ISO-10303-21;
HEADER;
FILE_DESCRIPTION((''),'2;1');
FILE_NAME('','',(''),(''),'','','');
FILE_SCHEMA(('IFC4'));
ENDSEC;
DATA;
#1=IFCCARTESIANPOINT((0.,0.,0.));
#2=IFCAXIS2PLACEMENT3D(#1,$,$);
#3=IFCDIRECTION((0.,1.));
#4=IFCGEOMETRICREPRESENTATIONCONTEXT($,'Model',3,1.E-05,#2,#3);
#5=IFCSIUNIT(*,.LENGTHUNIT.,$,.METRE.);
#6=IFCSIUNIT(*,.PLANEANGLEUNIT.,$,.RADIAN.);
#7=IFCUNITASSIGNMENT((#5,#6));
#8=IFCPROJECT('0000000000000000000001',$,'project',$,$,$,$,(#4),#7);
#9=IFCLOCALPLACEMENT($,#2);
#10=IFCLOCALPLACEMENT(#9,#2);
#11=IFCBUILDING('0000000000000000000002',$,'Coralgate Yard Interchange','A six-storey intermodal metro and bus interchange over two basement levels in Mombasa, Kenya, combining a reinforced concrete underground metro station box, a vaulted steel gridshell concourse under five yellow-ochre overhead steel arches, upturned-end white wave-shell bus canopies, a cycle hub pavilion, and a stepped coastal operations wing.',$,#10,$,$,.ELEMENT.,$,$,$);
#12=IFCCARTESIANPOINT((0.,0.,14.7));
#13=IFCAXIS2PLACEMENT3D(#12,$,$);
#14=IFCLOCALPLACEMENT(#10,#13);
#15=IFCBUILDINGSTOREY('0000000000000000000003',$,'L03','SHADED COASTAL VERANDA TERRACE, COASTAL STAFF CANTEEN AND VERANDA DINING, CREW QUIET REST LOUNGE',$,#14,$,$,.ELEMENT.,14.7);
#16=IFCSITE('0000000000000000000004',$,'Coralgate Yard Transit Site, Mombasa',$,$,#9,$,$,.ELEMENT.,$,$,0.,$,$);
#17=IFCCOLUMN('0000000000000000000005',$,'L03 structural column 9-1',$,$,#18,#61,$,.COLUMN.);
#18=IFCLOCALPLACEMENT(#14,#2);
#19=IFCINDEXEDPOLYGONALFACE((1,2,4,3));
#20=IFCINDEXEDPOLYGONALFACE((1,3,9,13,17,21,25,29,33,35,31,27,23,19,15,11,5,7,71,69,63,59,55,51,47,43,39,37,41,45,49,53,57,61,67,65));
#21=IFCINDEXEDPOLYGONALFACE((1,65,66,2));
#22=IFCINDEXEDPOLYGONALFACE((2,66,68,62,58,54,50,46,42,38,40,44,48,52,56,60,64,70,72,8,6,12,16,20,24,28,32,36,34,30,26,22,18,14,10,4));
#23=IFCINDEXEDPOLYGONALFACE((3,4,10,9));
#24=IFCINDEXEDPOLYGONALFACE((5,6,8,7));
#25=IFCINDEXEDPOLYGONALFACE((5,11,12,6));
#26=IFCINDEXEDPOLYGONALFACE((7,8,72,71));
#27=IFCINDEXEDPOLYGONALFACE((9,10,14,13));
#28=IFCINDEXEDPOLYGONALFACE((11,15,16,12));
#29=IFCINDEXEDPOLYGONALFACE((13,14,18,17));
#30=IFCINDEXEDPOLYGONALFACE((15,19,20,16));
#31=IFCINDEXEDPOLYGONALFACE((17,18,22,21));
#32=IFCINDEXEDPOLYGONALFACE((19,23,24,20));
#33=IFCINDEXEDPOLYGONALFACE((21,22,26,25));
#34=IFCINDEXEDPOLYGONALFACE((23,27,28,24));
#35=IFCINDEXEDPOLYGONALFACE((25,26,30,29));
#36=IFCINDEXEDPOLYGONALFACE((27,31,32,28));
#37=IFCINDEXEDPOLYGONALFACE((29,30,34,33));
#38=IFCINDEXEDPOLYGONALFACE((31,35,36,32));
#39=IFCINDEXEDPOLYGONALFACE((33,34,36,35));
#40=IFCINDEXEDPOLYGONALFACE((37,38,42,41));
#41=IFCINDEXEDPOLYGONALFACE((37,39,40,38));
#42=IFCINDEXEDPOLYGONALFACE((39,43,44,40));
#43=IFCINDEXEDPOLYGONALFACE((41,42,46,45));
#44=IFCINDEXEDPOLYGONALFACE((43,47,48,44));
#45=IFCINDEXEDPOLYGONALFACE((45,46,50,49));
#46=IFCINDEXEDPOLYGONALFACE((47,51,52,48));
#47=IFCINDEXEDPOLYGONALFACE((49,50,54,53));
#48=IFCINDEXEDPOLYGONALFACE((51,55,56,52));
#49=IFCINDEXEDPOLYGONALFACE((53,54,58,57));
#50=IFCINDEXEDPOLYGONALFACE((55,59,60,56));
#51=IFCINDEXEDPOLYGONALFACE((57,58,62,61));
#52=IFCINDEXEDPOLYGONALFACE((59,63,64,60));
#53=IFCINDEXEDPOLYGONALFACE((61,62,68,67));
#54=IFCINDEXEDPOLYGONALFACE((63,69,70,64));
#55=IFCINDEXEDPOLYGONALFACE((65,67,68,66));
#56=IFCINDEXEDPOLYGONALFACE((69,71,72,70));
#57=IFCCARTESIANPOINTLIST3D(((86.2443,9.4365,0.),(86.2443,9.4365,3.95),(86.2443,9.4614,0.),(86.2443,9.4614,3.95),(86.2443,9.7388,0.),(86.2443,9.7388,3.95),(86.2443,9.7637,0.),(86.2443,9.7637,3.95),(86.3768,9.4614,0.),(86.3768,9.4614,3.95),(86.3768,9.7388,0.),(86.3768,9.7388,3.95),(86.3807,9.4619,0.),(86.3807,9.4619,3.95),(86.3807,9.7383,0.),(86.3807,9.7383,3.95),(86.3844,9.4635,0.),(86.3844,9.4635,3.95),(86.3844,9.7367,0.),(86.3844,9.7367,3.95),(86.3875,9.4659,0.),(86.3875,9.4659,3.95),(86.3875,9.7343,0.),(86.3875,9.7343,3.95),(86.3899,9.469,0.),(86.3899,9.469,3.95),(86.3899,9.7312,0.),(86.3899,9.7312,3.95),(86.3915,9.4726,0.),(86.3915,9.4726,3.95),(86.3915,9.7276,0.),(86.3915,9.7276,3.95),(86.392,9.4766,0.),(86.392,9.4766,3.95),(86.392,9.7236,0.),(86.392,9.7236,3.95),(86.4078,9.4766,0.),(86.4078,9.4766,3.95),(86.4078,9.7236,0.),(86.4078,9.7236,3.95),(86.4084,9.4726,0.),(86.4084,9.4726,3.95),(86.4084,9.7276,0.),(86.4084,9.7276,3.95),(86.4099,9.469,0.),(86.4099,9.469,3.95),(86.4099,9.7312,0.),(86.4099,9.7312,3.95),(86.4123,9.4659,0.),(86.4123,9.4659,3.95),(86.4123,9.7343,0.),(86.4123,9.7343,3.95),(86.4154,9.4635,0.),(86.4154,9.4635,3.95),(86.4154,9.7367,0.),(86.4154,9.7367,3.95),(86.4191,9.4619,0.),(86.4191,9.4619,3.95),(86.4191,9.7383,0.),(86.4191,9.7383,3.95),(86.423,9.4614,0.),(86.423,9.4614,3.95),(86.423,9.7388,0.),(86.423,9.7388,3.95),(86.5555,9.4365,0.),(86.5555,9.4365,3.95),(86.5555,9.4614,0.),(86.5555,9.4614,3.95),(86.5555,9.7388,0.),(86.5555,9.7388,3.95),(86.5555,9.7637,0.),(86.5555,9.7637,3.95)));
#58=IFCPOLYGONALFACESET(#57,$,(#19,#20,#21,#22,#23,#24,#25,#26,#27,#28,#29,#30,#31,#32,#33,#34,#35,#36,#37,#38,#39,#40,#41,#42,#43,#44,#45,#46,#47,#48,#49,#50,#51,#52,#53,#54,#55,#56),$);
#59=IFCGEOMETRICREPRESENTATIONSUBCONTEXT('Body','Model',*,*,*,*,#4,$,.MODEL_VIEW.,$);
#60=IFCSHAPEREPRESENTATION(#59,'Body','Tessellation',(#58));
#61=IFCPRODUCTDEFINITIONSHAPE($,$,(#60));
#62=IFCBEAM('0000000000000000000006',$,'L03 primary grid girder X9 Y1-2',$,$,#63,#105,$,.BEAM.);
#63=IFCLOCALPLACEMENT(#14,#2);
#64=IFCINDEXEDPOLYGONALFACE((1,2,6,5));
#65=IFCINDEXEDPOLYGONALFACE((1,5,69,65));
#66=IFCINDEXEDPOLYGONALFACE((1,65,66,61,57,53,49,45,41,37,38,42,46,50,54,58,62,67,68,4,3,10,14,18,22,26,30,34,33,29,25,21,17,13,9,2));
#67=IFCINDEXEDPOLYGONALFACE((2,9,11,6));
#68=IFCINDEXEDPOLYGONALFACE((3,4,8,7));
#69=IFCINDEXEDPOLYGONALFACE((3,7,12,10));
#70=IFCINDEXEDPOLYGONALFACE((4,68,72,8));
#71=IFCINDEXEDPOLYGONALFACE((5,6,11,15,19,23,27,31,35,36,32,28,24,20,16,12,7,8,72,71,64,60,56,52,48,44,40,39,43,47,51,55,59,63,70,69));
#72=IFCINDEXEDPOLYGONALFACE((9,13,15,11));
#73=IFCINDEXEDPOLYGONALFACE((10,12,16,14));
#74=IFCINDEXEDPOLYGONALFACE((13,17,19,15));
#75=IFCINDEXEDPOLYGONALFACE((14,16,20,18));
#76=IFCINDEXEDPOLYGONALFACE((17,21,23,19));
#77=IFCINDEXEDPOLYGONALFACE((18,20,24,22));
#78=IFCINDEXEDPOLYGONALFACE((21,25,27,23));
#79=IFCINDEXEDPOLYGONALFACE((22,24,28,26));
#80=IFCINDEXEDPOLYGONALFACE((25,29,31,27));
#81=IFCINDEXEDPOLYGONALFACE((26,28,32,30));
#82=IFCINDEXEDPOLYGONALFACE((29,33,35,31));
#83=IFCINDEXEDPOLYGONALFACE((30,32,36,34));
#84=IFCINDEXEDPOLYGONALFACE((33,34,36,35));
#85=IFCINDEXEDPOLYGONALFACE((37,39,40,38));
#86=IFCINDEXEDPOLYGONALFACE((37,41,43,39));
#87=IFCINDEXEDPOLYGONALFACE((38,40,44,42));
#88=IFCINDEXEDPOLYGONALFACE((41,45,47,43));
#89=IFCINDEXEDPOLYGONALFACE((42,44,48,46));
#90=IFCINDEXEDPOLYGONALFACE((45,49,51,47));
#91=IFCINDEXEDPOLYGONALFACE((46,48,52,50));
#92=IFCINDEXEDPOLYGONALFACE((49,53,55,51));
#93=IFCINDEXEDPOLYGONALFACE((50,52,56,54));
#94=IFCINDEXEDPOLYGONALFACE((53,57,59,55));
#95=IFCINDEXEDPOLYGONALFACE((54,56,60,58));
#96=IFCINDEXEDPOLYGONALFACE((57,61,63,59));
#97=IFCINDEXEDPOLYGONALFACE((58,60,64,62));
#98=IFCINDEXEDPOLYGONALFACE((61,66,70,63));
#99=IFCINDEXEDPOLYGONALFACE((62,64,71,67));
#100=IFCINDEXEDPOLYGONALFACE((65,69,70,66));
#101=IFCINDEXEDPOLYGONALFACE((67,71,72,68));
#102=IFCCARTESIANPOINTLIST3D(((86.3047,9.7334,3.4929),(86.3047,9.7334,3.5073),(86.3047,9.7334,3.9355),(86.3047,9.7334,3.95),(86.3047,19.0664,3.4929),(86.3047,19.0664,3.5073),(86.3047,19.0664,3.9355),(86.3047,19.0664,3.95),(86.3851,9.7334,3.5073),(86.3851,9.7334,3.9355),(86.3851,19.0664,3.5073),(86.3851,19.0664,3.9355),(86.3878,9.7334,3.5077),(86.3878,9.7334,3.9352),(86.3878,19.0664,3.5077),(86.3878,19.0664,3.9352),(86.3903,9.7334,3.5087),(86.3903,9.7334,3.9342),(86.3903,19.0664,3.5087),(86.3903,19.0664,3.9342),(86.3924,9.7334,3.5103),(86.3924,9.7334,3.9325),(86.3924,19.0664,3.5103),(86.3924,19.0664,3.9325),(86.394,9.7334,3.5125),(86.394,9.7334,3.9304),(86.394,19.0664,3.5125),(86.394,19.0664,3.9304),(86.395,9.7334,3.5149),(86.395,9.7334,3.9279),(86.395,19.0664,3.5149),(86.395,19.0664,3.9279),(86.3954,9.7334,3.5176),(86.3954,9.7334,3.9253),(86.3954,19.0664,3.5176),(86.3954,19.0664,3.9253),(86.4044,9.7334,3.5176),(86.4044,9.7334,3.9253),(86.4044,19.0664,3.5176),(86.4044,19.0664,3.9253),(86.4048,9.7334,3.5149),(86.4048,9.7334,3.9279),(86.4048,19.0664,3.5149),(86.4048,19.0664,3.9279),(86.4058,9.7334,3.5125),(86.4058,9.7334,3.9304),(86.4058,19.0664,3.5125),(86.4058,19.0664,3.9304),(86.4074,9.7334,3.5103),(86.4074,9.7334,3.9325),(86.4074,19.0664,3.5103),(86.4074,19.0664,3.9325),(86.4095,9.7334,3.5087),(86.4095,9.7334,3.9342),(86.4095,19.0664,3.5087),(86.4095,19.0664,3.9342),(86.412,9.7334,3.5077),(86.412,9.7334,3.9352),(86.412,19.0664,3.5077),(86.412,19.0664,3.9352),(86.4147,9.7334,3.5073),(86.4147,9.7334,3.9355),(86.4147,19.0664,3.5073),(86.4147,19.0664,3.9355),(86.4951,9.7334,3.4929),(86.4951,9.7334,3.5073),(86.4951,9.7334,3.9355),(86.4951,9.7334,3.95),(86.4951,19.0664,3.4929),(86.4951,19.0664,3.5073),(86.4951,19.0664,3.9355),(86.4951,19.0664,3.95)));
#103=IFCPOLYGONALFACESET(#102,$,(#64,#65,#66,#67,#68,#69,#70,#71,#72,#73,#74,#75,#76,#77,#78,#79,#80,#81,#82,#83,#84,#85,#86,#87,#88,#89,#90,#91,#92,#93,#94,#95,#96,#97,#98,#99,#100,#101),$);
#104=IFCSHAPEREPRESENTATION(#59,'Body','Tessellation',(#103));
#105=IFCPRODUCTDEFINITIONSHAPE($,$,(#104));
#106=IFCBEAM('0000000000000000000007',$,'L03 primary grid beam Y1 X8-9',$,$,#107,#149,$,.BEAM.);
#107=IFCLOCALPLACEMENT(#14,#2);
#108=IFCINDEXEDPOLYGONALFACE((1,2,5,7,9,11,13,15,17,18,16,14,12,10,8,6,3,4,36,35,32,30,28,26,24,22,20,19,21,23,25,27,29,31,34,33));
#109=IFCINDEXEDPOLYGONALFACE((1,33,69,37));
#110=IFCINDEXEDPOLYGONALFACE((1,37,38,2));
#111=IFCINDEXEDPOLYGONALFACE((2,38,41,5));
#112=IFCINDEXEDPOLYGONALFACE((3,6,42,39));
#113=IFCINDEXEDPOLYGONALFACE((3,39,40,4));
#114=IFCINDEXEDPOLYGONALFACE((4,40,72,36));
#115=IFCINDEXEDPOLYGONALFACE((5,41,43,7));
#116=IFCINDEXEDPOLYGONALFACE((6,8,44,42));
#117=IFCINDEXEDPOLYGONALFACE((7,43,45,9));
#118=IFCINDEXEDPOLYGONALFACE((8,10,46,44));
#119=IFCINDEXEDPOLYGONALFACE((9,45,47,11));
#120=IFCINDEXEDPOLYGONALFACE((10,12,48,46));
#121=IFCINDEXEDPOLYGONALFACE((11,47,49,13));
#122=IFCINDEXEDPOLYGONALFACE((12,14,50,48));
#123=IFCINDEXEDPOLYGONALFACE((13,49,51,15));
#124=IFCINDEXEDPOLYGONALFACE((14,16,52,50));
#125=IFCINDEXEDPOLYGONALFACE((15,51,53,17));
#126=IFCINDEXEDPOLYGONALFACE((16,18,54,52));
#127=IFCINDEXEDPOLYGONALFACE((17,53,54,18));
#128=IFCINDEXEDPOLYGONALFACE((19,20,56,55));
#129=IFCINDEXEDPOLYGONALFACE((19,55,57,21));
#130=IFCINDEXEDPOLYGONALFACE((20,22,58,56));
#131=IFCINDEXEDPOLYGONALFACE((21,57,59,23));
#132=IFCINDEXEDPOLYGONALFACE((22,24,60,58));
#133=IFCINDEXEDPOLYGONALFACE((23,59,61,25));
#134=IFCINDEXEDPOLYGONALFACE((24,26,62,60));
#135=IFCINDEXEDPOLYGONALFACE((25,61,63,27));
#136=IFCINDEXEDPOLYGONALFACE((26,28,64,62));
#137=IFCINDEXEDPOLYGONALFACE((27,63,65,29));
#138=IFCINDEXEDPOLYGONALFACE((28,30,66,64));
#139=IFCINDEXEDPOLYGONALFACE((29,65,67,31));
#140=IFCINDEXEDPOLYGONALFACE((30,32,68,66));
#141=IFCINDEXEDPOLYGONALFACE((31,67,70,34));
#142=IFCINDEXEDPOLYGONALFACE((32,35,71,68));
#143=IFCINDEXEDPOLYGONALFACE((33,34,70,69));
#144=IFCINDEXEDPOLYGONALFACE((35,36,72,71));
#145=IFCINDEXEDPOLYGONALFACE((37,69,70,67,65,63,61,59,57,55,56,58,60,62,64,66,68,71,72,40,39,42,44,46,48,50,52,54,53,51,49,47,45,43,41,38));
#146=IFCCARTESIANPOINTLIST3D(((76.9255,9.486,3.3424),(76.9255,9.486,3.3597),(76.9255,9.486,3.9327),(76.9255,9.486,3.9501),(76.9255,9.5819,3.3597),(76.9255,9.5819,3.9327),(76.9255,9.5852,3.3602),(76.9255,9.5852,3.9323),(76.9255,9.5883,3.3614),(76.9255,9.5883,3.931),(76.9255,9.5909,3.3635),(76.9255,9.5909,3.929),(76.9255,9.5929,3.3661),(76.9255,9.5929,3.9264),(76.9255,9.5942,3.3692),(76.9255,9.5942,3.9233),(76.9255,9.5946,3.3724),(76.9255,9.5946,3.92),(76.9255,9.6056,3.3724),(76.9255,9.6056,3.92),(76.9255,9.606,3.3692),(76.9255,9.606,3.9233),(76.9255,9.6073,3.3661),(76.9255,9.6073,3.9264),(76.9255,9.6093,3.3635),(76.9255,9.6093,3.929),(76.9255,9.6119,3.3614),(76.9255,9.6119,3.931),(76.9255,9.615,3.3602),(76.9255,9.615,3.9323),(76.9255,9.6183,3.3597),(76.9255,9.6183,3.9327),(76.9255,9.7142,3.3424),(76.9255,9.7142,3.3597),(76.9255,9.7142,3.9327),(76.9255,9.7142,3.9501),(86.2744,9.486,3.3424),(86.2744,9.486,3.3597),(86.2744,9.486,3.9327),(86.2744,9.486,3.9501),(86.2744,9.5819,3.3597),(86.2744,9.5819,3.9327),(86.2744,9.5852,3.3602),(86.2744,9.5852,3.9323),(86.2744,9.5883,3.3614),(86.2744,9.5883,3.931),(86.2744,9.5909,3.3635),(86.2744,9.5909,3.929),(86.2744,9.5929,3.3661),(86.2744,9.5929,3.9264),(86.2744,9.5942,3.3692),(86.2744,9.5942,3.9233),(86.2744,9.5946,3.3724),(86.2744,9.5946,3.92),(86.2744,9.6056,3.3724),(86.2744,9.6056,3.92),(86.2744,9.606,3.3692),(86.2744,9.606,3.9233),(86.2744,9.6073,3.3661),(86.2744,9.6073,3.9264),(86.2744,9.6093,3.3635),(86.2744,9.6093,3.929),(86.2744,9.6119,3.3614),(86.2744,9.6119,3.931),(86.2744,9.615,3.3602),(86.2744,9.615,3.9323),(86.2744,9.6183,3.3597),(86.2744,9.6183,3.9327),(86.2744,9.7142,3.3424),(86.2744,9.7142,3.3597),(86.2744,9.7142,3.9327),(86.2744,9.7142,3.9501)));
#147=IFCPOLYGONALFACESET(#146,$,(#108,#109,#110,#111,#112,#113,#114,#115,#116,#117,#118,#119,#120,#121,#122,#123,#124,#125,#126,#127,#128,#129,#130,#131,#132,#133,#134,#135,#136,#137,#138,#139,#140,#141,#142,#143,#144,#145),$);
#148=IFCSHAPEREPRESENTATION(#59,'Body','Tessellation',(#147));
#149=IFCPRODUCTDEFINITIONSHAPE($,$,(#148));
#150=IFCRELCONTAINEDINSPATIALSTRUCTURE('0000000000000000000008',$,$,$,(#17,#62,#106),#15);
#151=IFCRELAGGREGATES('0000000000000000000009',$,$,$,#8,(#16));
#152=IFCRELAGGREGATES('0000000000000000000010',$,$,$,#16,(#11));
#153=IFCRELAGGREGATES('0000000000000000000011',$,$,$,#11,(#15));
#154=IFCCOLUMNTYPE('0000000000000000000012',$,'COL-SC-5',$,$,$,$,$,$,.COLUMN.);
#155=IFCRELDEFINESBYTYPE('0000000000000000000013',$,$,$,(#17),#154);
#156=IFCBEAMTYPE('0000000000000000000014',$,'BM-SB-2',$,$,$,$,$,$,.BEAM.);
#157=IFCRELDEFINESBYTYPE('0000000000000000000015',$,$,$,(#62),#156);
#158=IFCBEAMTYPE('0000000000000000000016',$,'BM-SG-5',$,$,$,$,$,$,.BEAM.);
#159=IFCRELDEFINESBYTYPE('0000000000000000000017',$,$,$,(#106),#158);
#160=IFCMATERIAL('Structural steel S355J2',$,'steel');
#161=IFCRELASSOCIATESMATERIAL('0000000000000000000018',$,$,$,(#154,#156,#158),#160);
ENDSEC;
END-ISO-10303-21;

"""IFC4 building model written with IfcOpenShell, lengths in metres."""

from ifc_helpers import new_model, si_unit, direction, frame, origin, origin_2d, place, context, subcontext, project, spatial, i_section, extrude, material, material_profile, profile_set, type_object, element, save


model = new_model("IFC4")

# Units and contexts
model_context = context("Model", 3, precision=1e-05, world=origin(), true_north=direction((0.0, 1.0)))
body_context = subcontext(model_context, "Body", "Model", "MODEL_VIEW")
ifc_project = project(units=[si_unit("LENGTHUNIT", "METRE"), si_unit("PLANEANGLEUNIT", "RADIAN")], contexts=[model_context])

# Site, building, storey
site_placement = place(None, origin())
site = spatial("IfcSite", under=ifc_project, at=site_placement, Name="Coralgate Yard Transit Site, Mombasa", CompositionType="ELEMENT", RefElevation=0.0)
building_placement = place(site_placement, origin())
building = spatial("IfcBuilding", under=site, at=building_placement, Name="Coralgate Yard Interchange", Description="A six-storey intermodal metro and bus interchange over two basement levels in Mombasa, Kenya, combining a reinforced concrete underground metro station box, a vaulted steel gridshell concourse under five yellow-ochre overhead steel arches, upturned-end white wave-shell bus canopies, a cycle hub pavilion, and a stepped coastal operations wing.", CompositionType="ELEMENT")
storey_placement = place(building_placement, frame((0.0, 0.0, 14.7)))
storey = spatial("IfcBuildingStorey", under=building, at=storey_placement, Name="L03", Description="SHADED COASTAL VERANDA TERRACE, COASTAL STAFF CANTEEN AND VERANDA DINING, CREW QUIET REST LOUNGE", CompositionType="ELEMENT", Elevation=14.7)

# Column
ifc_material_1 = material(Name="Structural steel S355J2", Category="steel")
ifc_material_profile_1 = material_profile(ifc_material_1, i_section(OverallWidth=0.3113, OverallDepth=0.3271, WebThickness=0.0159, FlangeThickness=0.0249, FilletRadius=0.0151, at=origin_2d()), Name="UC 305x305x158")
ifc_profile_set_1 = profile_set([ifc_material_profile_1], Name="Structural steel S355J2")
column_type = type_object("IfcColumnType", Name="COL-SC-5", PredefinedType="COLUMN", material=ifc_profile_set_1)
column_placement = place(storey_placement, frame((86.3999, 9.6001, 0.0), z_axis=(0.0, 0.0, 1.0), x_axis=(1.0, 0.0, 0.0)))
element("IfcColumn", 1, at=column_placement, inside=storey, type_object=column_type, Name="L03 structural column 9-1", PredefinedType="COLUMN", context=body_context, shape_type="SweptSolid", body=[
    extrude(i_section(OverallWidth=0.3113, OverallDepth=0.3271, WebThickness=0.0159, FlangeThickness=0.0249, FilletRadius=0.0151, at=origin_2d()), origin(), (0.0, 0.0, 1.0), 3.95),
])

# Beams
ifc_material_profile_2 = material_profile(ifc_material_1, i_section(OverallWidth=0.1904, OverallDepth=0.457, WebThickness=0.009, FlangeThickness=0.0144, FilletRadius=0.0103, at=origin_2d()), Name="UB 457x191x74")
ifc_profile_set_2 = profile_set([ifc_material_profile_2], Name="Structural steel S355J2")
beam_type_1 = type_object("IfcBeamType", Name="BM-SB-2", PredefinedType="BEAM", material=ifc_profile_set_2)
beam_1_placement = place(storey_placement, frame((86.3999, 9.7334, 3.7214), z_axis=(0.0, 1.0, 0.0), x_axis=(-1.0, 0.0, 0.0)))
element("IfcBeam", 2, at=beam_1_placement, inside=storey, type_object=beam_type_1, Name="L03 primary grid girder X9 Y1-2", PredefinedType="BEAM", context=body_context, shape_type="SweptSolid", body=[
    extrude(i_section(OverallWidth=0.1904, OverallDepth=0.457, WebThickness=0.009, FlangeThickness=0.0144, FilletRadius=0.0103, at=origin_2d()), origin(), (0.0, 0.0, 1.0), 9.333),
])
ifc_material_profile_3 = material_profile(ifc_material_1, i_section(OverallWidth=0.2283, OverallDepth=0.6077, WebThickness=0.011, FlangeThickness=0.0173, FilletRadius=0.0127, at=origin_2d()), Name="UB 610x229x113")
ifc_profile_set_3 = profile_set([ifc_material_profile_3], Name="Structural steel S355J2")
beam_type_2 = type_object("IfcBeamType", Name="BM-SG-5", PredefinedType="BEAM", material=ifc_profile_set_3)
beam_2_placement = place(storey_placement, frame((76.9255, 9.6001, 3.6462), z_axis=(1.0, 0.0, 0.0), x_axis=(0.0, 1.0, 0.0)))
element("IfcBeam", 3, at=beam_2_placement, inside=storey, type_object=beam_type_2, Name="L03 primary grid beam Y1 X8-9", PredefinedType="BEAM", context=body_context, shape_type="SweptSolid", body=[
    extrude(i_section(OverallWidth=0.2283, OverallDepth=0.6077, WebThickness=0.011, FlangeThickness=0.0173, FilletRadius=0.0127, at=origin_2d()), origin(), (0.0, 0.0, 1.0), 9.3489),
])

save(model, "model.ifc")
